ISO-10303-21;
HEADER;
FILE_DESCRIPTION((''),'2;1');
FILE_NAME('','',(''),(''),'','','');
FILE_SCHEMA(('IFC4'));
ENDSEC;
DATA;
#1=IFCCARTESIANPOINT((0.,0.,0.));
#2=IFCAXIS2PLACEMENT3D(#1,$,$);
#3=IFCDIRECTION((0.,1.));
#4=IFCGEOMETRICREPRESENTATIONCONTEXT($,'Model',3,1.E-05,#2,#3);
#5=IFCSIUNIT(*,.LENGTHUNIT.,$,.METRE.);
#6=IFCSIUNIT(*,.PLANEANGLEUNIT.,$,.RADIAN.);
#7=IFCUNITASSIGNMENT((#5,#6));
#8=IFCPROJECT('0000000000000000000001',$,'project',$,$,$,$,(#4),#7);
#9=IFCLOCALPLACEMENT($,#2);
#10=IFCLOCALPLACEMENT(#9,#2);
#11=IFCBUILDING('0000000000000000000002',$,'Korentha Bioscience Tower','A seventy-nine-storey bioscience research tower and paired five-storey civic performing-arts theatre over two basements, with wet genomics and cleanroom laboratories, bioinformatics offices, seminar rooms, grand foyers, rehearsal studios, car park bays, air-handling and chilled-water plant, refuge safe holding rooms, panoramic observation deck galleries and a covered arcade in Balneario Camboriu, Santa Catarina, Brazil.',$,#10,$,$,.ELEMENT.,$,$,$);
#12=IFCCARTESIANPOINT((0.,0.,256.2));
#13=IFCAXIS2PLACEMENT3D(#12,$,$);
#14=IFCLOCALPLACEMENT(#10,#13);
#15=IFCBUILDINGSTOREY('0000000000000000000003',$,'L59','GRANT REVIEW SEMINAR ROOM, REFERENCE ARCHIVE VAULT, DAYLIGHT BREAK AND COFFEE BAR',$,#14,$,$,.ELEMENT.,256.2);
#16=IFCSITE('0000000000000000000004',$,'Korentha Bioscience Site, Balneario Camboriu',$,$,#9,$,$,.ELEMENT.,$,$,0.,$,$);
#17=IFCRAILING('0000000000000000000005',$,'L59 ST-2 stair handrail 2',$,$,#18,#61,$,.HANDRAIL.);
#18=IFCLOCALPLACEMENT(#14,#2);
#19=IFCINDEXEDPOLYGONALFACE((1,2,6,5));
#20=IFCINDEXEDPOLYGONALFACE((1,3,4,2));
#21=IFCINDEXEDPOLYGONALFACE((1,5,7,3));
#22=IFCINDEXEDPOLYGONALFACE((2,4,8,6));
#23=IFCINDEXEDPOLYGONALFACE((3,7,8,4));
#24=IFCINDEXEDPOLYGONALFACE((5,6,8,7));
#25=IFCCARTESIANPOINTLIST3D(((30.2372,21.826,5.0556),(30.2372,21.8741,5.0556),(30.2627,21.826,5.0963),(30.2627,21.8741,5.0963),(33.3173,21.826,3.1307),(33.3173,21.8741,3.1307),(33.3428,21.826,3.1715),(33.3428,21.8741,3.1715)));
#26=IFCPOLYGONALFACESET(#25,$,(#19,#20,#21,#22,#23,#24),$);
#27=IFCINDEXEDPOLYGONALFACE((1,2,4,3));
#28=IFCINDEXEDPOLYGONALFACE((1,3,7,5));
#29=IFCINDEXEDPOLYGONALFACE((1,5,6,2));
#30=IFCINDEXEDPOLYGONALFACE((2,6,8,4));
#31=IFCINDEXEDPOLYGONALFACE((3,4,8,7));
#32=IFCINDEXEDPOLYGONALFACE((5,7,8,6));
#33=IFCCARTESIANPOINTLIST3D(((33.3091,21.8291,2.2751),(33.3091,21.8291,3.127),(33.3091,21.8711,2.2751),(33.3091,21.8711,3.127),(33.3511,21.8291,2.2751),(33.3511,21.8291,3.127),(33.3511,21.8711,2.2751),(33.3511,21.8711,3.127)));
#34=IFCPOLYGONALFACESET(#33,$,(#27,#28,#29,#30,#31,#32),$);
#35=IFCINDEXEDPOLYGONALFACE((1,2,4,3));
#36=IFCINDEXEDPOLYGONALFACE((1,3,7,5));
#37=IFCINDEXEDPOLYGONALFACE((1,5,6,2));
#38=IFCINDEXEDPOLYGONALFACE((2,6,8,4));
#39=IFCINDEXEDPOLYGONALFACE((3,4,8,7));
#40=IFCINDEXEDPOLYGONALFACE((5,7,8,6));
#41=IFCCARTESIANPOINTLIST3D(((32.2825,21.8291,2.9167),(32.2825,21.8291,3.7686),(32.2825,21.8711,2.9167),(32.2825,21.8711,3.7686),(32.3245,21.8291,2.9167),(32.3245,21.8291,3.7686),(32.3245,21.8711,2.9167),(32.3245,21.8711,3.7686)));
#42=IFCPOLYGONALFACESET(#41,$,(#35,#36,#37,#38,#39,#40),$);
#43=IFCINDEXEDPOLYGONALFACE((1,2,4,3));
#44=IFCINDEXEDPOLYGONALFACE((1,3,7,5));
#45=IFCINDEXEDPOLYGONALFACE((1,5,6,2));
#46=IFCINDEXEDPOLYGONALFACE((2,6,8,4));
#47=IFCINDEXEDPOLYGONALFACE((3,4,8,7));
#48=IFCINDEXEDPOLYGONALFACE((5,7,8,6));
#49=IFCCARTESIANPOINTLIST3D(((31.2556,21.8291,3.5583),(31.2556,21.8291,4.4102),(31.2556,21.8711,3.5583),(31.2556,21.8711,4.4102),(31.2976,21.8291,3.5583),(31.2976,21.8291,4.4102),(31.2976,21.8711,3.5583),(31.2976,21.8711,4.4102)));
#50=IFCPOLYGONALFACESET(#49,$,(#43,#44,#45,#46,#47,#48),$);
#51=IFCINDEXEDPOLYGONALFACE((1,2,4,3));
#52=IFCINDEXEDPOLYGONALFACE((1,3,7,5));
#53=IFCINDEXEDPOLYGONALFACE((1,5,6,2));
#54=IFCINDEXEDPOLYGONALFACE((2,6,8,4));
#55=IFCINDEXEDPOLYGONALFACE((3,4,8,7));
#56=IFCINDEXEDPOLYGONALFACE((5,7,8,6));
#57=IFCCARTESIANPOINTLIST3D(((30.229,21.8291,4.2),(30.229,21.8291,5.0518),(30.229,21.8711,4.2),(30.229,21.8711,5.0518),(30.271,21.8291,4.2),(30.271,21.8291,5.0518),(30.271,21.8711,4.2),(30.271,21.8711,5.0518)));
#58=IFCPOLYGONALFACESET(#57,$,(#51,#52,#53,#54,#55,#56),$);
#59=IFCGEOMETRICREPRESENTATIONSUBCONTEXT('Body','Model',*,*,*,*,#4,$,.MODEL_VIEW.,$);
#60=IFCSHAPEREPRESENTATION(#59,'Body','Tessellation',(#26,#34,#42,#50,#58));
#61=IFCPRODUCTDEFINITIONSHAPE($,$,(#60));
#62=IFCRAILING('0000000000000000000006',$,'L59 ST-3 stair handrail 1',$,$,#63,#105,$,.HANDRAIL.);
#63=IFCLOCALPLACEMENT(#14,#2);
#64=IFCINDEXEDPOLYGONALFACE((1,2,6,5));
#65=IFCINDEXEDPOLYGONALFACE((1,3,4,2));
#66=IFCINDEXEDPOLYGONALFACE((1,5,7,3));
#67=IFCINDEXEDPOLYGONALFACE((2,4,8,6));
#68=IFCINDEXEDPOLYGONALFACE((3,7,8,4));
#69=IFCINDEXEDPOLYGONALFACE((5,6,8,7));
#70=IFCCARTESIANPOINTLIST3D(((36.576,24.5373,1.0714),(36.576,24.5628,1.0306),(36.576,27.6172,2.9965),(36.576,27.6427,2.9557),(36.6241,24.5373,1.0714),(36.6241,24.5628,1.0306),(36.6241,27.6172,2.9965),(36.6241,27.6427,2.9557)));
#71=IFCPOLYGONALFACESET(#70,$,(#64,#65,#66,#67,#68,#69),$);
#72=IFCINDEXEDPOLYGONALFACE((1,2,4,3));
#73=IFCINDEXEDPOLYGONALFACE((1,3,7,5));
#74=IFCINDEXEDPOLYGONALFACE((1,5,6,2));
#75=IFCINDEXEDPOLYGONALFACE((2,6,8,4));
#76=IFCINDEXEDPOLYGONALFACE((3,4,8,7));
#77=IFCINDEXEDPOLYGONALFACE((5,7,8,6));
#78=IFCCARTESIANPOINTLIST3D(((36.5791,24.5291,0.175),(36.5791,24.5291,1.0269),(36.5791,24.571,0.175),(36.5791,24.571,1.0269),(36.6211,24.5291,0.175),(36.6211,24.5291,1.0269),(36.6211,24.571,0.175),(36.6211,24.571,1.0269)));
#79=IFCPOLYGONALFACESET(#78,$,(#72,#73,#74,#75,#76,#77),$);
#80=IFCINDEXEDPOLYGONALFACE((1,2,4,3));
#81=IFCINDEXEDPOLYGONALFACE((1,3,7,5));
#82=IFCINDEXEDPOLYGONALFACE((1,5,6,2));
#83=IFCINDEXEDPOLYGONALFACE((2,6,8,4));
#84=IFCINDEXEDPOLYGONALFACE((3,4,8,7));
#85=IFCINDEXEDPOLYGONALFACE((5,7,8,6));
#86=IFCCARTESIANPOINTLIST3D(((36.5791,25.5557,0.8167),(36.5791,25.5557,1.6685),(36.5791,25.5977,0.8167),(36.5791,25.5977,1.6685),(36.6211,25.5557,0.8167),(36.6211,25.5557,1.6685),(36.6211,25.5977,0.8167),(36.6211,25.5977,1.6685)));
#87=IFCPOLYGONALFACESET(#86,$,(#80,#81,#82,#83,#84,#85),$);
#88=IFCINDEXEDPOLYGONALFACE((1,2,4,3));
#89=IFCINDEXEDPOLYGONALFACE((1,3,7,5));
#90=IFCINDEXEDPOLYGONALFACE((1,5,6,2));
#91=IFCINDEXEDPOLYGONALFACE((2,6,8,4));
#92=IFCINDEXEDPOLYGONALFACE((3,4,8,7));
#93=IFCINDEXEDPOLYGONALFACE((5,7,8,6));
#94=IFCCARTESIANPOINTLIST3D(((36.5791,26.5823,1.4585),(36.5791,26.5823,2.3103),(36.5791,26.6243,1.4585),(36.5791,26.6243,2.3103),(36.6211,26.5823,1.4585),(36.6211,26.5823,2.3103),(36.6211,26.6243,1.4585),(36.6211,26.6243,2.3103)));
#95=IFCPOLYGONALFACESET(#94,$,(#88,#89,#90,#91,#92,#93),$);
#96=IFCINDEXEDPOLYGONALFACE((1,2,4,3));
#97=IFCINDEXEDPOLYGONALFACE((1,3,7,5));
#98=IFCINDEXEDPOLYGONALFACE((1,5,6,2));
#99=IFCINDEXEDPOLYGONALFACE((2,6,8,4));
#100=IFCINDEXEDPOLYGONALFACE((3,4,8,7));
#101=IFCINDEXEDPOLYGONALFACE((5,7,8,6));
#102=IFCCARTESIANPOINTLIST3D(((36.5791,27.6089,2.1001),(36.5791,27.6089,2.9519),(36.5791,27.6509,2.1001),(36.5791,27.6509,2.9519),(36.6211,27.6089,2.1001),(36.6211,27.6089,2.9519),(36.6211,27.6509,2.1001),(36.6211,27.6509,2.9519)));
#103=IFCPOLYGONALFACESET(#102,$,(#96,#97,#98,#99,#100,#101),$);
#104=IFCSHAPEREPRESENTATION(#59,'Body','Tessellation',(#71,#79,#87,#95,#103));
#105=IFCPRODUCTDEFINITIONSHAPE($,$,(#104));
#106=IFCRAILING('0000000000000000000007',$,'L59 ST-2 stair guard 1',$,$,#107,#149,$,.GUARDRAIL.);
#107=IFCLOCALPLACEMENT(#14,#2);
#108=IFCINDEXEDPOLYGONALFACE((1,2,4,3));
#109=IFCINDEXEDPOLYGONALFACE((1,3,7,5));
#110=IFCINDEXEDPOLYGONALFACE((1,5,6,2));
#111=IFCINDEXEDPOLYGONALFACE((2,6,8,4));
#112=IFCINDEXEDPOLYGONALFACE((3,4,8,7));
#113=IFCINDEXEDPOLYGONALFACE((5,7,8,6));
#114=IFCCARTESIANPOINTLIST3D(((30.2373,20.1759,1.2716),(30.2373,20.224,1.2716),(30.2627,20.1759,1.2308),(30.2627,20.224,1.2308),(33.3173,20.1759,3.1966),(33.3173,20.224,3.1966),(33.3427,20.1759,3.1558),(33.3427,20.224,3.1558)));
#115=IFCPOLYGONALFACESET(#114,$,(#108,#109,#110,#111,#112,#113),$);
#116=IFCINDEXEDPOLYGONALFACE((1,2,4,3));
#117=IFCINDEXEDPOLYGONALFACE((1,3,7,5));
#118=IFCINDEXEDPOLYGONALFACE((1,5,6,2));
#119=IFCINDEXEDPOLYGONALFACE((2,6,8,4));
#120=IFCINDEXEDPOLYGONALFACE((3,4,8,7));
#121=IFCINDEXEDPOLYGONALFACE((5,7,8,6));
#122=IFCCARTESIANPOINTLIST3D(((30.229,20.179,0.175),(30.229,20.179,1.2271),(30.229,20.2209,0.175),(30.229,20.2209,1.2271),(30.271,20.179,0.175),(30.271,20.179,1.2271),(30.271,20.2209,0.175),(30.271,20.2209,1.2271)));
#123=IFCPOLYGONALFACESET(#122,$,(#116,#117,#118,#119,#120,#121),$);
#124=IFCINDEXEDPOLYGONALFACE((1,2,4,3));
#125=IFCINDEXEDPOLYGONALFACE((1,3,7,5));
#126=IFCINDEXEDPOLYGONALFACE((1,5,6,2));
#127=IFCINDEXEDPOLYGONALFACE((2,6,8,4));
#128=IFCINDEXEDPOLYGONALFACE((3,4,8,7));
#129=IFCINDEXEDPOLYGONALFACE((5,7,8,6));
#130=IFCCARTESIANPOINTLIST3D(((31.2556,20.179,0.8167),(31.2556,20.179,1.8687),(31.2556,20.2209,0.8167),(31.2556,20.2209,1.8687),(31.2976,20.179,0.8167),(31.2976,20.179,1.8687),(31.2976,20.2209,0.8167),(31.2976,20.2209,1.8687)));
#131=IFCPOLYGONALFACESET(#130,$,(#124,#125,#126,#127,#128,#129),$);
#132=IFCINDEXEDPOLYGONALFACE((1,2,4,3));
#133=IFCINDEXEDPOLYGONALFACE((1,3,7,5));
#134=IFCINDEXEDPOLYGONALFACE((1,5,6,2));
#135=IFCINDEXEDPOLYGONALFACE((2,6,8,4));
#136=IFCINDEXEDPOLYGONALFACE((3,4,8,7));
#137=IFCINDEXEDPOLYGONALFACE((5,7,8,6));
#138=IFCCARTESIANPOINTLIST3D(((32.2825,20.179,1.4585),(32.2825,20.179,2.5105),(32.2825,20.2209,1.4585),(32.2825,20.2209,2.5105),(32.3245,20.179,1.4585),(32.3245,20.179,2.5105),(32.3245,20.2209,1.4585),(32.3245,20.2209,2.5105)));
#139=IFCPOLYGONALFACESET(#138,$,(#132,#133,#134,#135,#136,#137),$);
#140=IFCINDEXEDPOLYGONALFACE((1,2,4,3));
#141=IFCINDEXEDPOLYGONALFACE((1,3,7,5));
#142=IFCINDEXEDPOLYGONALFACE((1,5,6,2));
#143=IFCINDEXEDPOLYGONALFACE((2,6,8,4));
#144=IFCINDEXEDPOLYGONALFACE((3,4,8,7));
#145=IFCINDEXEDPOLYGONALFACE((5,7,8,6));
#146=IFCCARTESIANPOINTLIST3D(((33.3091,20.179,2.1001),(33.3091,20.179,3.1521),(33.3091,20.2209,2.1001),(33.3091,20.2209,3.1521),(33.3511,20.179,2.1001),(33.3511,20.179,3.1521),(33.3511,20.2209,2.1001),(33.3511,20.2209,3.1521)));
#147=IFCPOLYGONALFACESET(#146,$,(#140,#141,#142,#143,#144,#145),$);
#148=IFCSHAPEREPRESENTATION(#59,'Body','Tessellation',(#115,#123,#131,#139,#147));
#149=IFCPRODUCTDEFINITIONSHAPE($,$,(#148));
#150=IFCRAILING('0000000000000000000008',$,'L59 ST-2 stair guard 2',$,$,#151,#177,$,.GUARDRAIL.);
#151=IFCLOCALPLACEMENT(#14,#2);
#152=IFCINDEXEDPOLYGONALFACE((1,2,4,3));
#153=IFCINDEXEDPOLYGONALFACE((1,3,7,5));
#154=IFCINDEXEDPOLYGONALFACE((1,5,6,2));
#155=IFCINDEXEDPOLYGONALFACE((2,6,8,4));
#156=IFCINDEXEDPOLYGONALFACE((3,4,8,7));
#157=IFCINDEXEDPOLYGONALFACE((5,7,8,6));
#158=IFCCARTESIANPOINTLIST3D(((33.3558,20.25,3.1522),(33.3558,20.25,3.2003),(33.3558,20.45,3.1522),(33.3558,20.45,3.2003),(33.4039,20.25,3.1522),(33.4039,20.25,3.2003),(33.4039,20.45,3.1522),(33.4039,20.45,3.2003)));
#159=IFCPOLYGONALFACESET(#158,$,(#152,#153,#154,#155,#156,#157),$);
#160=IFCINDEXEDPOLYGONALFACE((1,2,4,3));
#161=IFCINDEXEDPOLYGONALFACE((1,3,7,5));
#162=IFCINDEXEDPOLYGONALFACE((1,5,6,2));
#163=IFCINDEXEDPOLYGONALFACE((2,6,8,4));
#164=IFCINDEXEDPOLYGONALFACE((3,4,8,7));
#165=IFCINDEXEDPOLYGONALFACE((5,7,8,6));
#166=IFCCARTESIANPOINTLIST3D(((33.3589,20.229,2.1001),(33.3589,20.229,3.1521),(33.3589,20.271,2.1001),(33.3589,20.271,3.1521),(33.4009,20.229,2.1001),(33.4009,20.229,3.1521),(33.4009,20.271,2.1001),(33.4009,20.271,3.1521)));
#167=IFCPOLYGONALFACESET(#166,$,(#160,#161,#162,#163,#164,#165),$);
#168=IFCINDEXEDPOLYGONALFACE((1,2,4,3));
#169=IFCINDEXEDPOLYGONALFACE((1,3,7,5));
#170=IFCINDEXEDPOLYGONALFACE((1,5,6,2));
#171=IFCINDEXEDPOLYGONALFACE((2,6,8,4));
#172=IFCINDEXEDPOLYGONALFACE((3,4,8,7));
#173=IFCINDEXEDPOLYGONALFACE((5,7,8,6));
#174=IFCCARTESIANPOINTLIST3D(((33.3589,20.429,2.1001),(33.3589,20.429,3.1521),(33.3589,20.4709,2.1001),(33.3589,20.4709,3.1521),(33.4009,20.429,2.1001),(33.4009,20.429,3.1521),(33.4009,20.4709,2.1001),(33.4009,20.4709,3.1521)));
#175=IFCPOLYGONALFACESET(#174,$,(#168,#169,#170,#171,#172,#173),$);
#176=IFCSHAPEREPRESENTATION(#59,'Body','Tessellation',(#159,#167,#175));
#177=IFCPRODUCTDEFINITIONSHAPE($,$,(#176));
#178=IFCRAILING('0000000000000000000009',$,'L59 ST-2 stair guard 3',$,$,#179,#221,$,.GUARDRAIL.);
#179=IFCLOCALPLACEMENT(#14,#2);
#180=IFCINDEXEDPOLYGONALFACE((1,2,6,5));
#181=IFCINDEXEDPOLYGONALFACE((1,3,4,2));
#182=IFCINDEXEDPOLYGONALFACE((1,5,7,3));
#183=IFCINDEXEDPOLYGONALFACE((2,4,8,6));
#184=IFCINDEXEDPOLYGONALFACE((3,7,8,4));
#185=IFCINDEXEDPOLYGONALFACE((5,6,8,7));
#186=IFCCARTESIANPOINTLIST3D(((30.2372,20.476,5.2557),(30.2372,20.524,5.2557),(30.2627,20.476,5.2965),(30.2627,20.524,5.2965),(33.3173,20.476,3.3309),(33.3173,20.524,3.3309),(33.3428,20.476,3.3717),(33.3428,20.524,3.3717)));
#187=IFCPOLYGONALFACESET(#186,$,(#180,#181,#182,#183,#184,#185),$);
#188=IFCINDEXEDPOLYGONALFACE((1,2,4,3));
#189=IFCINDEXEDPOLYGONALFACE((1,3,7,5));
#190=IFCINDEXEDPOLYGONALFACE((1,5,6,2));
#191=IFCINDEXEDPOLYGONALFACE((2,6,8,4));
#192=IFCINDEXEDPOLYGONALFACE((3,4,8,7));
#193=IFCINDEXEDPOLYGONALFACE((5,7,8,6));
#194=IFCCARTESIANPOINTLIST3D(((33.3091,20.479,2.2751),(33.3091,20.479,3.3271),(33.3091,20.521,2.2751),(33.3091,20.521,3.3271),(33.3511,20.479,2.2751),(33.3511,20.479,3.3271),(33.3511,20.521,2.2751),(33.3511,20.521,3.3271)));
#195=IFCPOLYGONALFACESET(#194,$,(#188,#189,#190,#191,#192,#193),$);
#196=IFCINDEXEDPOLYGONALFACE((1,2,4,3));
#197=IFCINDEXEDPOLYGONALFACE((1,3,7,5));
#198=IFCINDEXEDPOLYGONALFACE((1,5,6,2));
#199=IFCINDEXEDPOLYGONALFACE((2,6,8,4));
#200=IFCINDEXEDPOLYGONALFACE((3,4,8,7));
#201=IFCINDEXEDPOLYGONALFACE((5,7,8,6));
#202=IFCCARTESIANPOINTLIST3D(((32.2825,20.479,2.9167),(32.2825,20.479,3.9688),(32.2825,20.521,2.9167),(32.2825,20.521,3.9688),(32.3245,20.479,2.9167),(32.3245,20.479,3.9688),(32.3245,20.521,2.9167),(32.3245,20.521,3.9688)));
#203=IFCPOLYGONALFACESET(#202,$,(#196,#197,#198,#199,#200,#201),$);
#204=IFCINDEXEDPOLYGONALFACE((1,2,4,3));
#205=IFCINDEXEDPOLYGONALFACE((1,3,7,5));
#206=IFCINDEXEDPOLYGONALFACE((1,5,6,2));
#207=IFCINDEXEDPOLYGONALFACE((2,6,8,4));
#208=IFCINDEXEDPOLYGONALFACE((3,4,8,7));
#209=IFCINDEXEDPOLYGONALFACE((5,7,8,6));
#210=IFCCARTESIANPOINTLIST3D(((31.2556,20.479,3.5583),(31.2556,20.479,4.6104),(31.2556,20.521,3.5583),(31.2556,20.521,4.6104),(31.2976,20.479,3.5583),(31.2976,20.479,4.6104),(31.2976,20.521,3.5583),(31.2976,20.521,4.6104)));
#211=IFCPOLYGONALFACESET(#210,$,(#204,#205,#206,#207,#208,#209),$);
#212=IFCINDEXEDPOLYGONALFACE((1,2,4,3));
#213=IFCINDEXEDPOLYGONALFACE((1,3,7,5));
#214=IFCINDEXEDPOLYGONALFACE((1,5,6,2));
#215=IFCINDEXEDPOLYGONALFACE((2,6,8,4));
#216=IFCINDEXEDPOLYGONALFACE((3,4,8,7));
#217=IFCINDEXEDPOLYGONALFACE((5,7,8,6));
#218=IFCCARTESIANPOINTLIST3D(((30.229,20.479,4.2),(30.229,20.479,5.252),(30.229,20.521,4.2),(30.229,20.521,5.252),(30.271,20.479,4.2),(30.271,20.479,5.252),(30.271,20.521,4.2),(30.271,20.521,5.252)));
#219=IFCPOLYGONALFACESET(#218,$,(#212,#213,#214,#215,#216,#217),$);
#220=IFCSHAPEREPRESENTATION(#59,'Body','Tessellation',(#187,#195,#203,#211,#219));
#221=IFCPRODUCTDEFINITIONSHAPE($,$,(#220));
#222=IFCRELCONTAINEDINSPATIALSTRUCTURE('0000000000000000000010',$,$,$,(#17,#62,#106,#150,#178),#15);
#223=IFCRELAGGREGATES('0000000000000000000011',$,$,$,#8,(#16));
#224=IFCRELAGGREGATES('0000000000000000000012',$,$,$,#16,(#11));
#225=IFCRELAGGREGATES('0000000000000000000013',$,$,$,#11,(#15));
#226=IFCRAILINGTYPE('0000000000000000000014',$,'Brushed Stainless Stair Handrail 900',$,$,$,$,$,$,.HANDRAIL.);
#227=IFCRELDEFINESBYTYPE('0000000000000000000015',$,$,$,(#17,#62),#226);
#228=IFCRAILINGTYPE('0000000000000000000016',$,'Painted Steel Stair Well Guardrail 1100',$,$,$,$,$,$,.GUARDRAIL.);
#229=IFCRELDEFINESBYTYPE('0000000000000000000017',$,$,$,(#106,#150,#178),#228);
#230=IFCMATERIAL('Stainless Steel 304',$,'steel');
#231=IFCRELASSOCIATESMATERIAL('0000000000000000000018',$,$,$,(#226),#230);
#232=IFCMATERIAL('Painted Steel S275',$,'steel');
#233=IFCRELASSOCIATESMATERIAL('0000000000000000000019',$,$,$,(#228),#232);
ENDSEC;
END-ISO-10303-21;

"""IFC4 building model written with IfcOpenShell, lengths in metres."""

from ifc_helpers import new_model, si_unit, direction, frame, origin, origin_2d, place, context, subcontext, project, spatial, rectangle, extrude, material, type_object, element, save


model = new_model("IFC4")

# Units and contexts
model_context = context("Model", 3, precision=1e-05, world=origin(), true_north=direction((0.0, 1.0)))
body_context = subcontext(model_context, "Body", "Model", "MODEL_VIEW")
ifc_project = project(units=[si_unit("LENGTHUNIT", "METRE"), si_unit("PLANEANGLEUNIT", "RADIAN")], contexts=[model_context])

# Site, building, storey
site_placement = place(None, origin())
site = spatial("IfcSite", under=ifc_project, at=site_placement, Name="Korentha Bioscience Site, Balneario Camboriu", CompositionType="ELEMENT", RefElevation=0.0)
building_placement = place(site_placement, origin())
building = spatial("IfcBuilding", under=site, at=building_placement, Name="Korentha Bioscience Tower", Description="A seventy-nine-storey bioscience research tower and paired five-storey civic performing-arts theatre over two basements, with wet genomics and cleanroom laboratories, bioinformatics offices, seminar rooms, grand foyers, rehearsal studios, car park bays, air-handling and chilled-water plant, refuge safe holding rooms, panoramic observation deck galleries and a covered arcade in Balneario Camboriu, Santa Catarina, Brazil.", CompositionType="ELEMENT")
storey_placement = place(building_placement, frame((0.0, 0.0, 256.2)))
storey = spatial("IfcBuildingStorey", under=building, at=storey_placement, Name="L59", Description="GRANT REVIEW SEMINAR ROOM, REFERENCE ARCHIVE VAULT, DAYLIGHT BREAK AND COFFEE BAR", CompositionType="ELEMENT", Elevation=256.2)

# Railings
ifc_material_1 = material(Name="Stainless Steel 304", Category="steel")
railing_type_1 = type_object("IfcRailingType", Name="Brushed Stainless Stair Handrail 900", PredefinedType="HANDRAIL", material=ifc_material_1)
railing_1_placement = place(storey_placement, frame((33.3301, 21.8501, 2.2751)))
element("IfcRailing", 1, at=railing_1_placement, inside=storey, type_object=railing_type_1, Name="L59 ST-2 stair handrail 2", PredefinedType="HANDRAIL", context=body_context, shape_type="SweptSolid", body=[
    extrude(rectangle(XDim=0.0481, YDim=0.0481, at=origin_2d()), frame((0.0, 0.0, 0.876), z_axis=(-0.848029, 0.0, 0.529951), x_axis=(0.0, -1.0, 0.0)), (0.0, 0.0, 1.0), 3.6321),
    extrude(rectangle(XDim=0.042, YDim=0.042, at=origin_2d()), origin(), (0.0, 0.0, 1.0), 0.8518),
    extrude(rectangle(XDim=0.042, YDim=0.042, at=origin_2d()), frame((-1.0266, 0.0, 0.6416)), (0.0, 0.0, 1.0), 0.8518),
    extrude(rectangle(XDim=0.042, YDim=0.042, at=origin_2d()), frame((-2.0535, 0.0, 1.2832)), (0.0, 0.0, 1.0), 0.8518),
    extrude(rectangle(XDim=0.042, YDim=0.042, at=origin_2d()), frame((-3.0801, 0.0, 1.9248)), (0.0, 0.0, 1.0), 0.8518),
])
railing_2_placement = place(storey_placement, frame((36.6001, 24.55, 0.175)))
element("IfcRailing", 2, at=railing_2_placement, inside=storey, type_object=railing_type_1, Name="L59 ST-3 stair handrail 1", PredefinedType="HANDRAIL", context=body_context, shape_type="SweptSolid", body=[
    extrude(rectangle(XDim=0.0481, YDim=0.0481, at=origin_2d()), frame((0.0, 0.0, 0.876), z_axis=(0.0, 0.847979, 0.530029), x_axis=(-1.0, 0.0, 0.0)), (0.0, 0.0, 1.0), 3.6321),
    extrude(rectangle(XDim=0.042, YDim=0.042, at=origin_2d()), origin(), (0.0, 0.0, 1.0), 0.8518),
    extrude(rectangle(XDim=0.042, YDim=0.042, at=origin_2d()), frame((0.0, 1.0266, 0.6416)), (0.0, 0.0, 1.0), 0.8518),
    extrude(rectangle(XDim=0.042, YDim=0.042, at=origin_2d()), frame((0.0, 2.0532, 1.2834)), (0.0, 0.0, 1.0), 0.8518),
    extrude(rectangle(XDim=0.042, YDim=0.042, at=origin_2d()), frame((0.0, 3.0798, 1.925)), (0.0, 0.0, 1.0), 0.8518),
])
ifc_material_2 = material(Name="Painted Steel S275", Category="steel")
railing_type_2 = type_object("IfcRailingType", Name="Painted Steel Stair Well Guardrail 1100", PredefinedType="GUARDRAIL", material=ifc_material_2)
railing_3_placement = place(storey_placement, frame((30.25, 20.2, 0.175)))
element("IfcRailing", 3, at=railing_3_placement, inside=storey, type_object=railing_type_2, Name="L59 ST-2 stair guard 1", PredefinedType="GUARDRAIL", context=body_context, shape_type="SweptSolid", body=[
    extrude(rectangle(XDim=0.0481, YDim=0.0481, at=origin_2d()), frame((0.0, 0.0, 1.0762), z_axis=(0.847998, 0.0, 0.529999), x_axis=(0.0, 1.0, 0.0)), (0.0, 0.0, 1.0), 3.6321),
    extrude(rectangle(XDim=0.042, YDim=0.042, at=origin_2d()), origin(), (0.0, 0.0, 1.0), 1.052),
    extrude(rectangle(XDim=0.042, YDim=0.042, at=origin_2d()), frame((1.0266, 0.0, 0.6416)), (0.0, 0.0, 1.0), 1.052),
    extrude(rectangle(XDim=0.042, YDim=0.042, at=origin_2d()), frame((2.0535, 0.0, 1.2834)), (0.0, 0.0, 1.0), 1.052),
    extrude(rectangle(XDim=0.042, YDim=0.042, at=origin_2d()), frame((3.0801, 0.0, 1.925)), (0.0, 0.0, 1.0), 1.052),
])
railing_4_placement = place(storey_placement, frame((33.3799, 20.25, 2.1001)))
element("IfcRailing", 4, at=railing_4_placement, inside=storey, type_object=railing_type_2, Name="L59 ST-2 stair guard 2", PredefinedType="GUARDRAIL", context=body_context, shape_type="SweptSolid", body=[
    extrude(rectangle(XDim=0.0481, YDim=0.0481, at=origin_2d()), frame((0.0, 0.0, 1.0762), z_axis=(0.0, 1.0, 0.0), x_axis=(-1.0, 0.0, 0.0)), (0.0, 0.0, 1.0), 0.2),
    extrude(rectangle(XDim=0.042, YDim=0.042, at=origin_2d()), origin(), (0.0, 0.0, 1.0), 1.052),
    extrude(rectangle(XDim=0.042, YDim=0.042, at=origin_2d()), frame((0.0, 0.2, 0.0)), (0.0, 0.0, 1.0), 1.052),
])
railing_5_placement = place(storey_placement, frame((33.3301, 20.5, 2.2751)))
element("IfcRailing", 5, at=railing_5_placement, inside=storey, type_object=railing_type_2, Name="L59 ST-2 stair guard 3", PredefinedType="GUARDRAIL", context=body_context, shape_type="SweptSolid", body=[
    extrude(rectangle(XDim=0.0481, YDim=0.0481, at=origin_2d()), frame((0.0, 0.0, 1.0762), z_axis=(-0.848029, 0.0, 0.529951), x_axis=(0.0, -1.0, 0.0)), (0.0, 0.0, 1.0), 3.6321),
    extrude(rectangle(XDim=0.042, YDim=0.042, at=origin_2d()), origin(), (0.0, 0.0, 1.0), 1.052),
    extrude(rectangle(XDim=0.042, YDim=0.042, at=origin_2d()), frame((-1.0266, 0.0, 0.6416)), (0.0, 0.0, 1.0), 1.052),
    extrude(rectangle(XDim=0.042, YDim=0.042, at=origin_2d()), frame((-2.0535, 0.0, 1.2832)), (0.0, 0.0, 1.0), 1.052),
    extrude(rectangle(XDim=0.042, YDim=0.042, at=origin_2d()), frame((-3.0801, 0.0, 1.9248)), (0.0, 0.0, 1.0), 1.052),
])

save(model, "model.ifc")
